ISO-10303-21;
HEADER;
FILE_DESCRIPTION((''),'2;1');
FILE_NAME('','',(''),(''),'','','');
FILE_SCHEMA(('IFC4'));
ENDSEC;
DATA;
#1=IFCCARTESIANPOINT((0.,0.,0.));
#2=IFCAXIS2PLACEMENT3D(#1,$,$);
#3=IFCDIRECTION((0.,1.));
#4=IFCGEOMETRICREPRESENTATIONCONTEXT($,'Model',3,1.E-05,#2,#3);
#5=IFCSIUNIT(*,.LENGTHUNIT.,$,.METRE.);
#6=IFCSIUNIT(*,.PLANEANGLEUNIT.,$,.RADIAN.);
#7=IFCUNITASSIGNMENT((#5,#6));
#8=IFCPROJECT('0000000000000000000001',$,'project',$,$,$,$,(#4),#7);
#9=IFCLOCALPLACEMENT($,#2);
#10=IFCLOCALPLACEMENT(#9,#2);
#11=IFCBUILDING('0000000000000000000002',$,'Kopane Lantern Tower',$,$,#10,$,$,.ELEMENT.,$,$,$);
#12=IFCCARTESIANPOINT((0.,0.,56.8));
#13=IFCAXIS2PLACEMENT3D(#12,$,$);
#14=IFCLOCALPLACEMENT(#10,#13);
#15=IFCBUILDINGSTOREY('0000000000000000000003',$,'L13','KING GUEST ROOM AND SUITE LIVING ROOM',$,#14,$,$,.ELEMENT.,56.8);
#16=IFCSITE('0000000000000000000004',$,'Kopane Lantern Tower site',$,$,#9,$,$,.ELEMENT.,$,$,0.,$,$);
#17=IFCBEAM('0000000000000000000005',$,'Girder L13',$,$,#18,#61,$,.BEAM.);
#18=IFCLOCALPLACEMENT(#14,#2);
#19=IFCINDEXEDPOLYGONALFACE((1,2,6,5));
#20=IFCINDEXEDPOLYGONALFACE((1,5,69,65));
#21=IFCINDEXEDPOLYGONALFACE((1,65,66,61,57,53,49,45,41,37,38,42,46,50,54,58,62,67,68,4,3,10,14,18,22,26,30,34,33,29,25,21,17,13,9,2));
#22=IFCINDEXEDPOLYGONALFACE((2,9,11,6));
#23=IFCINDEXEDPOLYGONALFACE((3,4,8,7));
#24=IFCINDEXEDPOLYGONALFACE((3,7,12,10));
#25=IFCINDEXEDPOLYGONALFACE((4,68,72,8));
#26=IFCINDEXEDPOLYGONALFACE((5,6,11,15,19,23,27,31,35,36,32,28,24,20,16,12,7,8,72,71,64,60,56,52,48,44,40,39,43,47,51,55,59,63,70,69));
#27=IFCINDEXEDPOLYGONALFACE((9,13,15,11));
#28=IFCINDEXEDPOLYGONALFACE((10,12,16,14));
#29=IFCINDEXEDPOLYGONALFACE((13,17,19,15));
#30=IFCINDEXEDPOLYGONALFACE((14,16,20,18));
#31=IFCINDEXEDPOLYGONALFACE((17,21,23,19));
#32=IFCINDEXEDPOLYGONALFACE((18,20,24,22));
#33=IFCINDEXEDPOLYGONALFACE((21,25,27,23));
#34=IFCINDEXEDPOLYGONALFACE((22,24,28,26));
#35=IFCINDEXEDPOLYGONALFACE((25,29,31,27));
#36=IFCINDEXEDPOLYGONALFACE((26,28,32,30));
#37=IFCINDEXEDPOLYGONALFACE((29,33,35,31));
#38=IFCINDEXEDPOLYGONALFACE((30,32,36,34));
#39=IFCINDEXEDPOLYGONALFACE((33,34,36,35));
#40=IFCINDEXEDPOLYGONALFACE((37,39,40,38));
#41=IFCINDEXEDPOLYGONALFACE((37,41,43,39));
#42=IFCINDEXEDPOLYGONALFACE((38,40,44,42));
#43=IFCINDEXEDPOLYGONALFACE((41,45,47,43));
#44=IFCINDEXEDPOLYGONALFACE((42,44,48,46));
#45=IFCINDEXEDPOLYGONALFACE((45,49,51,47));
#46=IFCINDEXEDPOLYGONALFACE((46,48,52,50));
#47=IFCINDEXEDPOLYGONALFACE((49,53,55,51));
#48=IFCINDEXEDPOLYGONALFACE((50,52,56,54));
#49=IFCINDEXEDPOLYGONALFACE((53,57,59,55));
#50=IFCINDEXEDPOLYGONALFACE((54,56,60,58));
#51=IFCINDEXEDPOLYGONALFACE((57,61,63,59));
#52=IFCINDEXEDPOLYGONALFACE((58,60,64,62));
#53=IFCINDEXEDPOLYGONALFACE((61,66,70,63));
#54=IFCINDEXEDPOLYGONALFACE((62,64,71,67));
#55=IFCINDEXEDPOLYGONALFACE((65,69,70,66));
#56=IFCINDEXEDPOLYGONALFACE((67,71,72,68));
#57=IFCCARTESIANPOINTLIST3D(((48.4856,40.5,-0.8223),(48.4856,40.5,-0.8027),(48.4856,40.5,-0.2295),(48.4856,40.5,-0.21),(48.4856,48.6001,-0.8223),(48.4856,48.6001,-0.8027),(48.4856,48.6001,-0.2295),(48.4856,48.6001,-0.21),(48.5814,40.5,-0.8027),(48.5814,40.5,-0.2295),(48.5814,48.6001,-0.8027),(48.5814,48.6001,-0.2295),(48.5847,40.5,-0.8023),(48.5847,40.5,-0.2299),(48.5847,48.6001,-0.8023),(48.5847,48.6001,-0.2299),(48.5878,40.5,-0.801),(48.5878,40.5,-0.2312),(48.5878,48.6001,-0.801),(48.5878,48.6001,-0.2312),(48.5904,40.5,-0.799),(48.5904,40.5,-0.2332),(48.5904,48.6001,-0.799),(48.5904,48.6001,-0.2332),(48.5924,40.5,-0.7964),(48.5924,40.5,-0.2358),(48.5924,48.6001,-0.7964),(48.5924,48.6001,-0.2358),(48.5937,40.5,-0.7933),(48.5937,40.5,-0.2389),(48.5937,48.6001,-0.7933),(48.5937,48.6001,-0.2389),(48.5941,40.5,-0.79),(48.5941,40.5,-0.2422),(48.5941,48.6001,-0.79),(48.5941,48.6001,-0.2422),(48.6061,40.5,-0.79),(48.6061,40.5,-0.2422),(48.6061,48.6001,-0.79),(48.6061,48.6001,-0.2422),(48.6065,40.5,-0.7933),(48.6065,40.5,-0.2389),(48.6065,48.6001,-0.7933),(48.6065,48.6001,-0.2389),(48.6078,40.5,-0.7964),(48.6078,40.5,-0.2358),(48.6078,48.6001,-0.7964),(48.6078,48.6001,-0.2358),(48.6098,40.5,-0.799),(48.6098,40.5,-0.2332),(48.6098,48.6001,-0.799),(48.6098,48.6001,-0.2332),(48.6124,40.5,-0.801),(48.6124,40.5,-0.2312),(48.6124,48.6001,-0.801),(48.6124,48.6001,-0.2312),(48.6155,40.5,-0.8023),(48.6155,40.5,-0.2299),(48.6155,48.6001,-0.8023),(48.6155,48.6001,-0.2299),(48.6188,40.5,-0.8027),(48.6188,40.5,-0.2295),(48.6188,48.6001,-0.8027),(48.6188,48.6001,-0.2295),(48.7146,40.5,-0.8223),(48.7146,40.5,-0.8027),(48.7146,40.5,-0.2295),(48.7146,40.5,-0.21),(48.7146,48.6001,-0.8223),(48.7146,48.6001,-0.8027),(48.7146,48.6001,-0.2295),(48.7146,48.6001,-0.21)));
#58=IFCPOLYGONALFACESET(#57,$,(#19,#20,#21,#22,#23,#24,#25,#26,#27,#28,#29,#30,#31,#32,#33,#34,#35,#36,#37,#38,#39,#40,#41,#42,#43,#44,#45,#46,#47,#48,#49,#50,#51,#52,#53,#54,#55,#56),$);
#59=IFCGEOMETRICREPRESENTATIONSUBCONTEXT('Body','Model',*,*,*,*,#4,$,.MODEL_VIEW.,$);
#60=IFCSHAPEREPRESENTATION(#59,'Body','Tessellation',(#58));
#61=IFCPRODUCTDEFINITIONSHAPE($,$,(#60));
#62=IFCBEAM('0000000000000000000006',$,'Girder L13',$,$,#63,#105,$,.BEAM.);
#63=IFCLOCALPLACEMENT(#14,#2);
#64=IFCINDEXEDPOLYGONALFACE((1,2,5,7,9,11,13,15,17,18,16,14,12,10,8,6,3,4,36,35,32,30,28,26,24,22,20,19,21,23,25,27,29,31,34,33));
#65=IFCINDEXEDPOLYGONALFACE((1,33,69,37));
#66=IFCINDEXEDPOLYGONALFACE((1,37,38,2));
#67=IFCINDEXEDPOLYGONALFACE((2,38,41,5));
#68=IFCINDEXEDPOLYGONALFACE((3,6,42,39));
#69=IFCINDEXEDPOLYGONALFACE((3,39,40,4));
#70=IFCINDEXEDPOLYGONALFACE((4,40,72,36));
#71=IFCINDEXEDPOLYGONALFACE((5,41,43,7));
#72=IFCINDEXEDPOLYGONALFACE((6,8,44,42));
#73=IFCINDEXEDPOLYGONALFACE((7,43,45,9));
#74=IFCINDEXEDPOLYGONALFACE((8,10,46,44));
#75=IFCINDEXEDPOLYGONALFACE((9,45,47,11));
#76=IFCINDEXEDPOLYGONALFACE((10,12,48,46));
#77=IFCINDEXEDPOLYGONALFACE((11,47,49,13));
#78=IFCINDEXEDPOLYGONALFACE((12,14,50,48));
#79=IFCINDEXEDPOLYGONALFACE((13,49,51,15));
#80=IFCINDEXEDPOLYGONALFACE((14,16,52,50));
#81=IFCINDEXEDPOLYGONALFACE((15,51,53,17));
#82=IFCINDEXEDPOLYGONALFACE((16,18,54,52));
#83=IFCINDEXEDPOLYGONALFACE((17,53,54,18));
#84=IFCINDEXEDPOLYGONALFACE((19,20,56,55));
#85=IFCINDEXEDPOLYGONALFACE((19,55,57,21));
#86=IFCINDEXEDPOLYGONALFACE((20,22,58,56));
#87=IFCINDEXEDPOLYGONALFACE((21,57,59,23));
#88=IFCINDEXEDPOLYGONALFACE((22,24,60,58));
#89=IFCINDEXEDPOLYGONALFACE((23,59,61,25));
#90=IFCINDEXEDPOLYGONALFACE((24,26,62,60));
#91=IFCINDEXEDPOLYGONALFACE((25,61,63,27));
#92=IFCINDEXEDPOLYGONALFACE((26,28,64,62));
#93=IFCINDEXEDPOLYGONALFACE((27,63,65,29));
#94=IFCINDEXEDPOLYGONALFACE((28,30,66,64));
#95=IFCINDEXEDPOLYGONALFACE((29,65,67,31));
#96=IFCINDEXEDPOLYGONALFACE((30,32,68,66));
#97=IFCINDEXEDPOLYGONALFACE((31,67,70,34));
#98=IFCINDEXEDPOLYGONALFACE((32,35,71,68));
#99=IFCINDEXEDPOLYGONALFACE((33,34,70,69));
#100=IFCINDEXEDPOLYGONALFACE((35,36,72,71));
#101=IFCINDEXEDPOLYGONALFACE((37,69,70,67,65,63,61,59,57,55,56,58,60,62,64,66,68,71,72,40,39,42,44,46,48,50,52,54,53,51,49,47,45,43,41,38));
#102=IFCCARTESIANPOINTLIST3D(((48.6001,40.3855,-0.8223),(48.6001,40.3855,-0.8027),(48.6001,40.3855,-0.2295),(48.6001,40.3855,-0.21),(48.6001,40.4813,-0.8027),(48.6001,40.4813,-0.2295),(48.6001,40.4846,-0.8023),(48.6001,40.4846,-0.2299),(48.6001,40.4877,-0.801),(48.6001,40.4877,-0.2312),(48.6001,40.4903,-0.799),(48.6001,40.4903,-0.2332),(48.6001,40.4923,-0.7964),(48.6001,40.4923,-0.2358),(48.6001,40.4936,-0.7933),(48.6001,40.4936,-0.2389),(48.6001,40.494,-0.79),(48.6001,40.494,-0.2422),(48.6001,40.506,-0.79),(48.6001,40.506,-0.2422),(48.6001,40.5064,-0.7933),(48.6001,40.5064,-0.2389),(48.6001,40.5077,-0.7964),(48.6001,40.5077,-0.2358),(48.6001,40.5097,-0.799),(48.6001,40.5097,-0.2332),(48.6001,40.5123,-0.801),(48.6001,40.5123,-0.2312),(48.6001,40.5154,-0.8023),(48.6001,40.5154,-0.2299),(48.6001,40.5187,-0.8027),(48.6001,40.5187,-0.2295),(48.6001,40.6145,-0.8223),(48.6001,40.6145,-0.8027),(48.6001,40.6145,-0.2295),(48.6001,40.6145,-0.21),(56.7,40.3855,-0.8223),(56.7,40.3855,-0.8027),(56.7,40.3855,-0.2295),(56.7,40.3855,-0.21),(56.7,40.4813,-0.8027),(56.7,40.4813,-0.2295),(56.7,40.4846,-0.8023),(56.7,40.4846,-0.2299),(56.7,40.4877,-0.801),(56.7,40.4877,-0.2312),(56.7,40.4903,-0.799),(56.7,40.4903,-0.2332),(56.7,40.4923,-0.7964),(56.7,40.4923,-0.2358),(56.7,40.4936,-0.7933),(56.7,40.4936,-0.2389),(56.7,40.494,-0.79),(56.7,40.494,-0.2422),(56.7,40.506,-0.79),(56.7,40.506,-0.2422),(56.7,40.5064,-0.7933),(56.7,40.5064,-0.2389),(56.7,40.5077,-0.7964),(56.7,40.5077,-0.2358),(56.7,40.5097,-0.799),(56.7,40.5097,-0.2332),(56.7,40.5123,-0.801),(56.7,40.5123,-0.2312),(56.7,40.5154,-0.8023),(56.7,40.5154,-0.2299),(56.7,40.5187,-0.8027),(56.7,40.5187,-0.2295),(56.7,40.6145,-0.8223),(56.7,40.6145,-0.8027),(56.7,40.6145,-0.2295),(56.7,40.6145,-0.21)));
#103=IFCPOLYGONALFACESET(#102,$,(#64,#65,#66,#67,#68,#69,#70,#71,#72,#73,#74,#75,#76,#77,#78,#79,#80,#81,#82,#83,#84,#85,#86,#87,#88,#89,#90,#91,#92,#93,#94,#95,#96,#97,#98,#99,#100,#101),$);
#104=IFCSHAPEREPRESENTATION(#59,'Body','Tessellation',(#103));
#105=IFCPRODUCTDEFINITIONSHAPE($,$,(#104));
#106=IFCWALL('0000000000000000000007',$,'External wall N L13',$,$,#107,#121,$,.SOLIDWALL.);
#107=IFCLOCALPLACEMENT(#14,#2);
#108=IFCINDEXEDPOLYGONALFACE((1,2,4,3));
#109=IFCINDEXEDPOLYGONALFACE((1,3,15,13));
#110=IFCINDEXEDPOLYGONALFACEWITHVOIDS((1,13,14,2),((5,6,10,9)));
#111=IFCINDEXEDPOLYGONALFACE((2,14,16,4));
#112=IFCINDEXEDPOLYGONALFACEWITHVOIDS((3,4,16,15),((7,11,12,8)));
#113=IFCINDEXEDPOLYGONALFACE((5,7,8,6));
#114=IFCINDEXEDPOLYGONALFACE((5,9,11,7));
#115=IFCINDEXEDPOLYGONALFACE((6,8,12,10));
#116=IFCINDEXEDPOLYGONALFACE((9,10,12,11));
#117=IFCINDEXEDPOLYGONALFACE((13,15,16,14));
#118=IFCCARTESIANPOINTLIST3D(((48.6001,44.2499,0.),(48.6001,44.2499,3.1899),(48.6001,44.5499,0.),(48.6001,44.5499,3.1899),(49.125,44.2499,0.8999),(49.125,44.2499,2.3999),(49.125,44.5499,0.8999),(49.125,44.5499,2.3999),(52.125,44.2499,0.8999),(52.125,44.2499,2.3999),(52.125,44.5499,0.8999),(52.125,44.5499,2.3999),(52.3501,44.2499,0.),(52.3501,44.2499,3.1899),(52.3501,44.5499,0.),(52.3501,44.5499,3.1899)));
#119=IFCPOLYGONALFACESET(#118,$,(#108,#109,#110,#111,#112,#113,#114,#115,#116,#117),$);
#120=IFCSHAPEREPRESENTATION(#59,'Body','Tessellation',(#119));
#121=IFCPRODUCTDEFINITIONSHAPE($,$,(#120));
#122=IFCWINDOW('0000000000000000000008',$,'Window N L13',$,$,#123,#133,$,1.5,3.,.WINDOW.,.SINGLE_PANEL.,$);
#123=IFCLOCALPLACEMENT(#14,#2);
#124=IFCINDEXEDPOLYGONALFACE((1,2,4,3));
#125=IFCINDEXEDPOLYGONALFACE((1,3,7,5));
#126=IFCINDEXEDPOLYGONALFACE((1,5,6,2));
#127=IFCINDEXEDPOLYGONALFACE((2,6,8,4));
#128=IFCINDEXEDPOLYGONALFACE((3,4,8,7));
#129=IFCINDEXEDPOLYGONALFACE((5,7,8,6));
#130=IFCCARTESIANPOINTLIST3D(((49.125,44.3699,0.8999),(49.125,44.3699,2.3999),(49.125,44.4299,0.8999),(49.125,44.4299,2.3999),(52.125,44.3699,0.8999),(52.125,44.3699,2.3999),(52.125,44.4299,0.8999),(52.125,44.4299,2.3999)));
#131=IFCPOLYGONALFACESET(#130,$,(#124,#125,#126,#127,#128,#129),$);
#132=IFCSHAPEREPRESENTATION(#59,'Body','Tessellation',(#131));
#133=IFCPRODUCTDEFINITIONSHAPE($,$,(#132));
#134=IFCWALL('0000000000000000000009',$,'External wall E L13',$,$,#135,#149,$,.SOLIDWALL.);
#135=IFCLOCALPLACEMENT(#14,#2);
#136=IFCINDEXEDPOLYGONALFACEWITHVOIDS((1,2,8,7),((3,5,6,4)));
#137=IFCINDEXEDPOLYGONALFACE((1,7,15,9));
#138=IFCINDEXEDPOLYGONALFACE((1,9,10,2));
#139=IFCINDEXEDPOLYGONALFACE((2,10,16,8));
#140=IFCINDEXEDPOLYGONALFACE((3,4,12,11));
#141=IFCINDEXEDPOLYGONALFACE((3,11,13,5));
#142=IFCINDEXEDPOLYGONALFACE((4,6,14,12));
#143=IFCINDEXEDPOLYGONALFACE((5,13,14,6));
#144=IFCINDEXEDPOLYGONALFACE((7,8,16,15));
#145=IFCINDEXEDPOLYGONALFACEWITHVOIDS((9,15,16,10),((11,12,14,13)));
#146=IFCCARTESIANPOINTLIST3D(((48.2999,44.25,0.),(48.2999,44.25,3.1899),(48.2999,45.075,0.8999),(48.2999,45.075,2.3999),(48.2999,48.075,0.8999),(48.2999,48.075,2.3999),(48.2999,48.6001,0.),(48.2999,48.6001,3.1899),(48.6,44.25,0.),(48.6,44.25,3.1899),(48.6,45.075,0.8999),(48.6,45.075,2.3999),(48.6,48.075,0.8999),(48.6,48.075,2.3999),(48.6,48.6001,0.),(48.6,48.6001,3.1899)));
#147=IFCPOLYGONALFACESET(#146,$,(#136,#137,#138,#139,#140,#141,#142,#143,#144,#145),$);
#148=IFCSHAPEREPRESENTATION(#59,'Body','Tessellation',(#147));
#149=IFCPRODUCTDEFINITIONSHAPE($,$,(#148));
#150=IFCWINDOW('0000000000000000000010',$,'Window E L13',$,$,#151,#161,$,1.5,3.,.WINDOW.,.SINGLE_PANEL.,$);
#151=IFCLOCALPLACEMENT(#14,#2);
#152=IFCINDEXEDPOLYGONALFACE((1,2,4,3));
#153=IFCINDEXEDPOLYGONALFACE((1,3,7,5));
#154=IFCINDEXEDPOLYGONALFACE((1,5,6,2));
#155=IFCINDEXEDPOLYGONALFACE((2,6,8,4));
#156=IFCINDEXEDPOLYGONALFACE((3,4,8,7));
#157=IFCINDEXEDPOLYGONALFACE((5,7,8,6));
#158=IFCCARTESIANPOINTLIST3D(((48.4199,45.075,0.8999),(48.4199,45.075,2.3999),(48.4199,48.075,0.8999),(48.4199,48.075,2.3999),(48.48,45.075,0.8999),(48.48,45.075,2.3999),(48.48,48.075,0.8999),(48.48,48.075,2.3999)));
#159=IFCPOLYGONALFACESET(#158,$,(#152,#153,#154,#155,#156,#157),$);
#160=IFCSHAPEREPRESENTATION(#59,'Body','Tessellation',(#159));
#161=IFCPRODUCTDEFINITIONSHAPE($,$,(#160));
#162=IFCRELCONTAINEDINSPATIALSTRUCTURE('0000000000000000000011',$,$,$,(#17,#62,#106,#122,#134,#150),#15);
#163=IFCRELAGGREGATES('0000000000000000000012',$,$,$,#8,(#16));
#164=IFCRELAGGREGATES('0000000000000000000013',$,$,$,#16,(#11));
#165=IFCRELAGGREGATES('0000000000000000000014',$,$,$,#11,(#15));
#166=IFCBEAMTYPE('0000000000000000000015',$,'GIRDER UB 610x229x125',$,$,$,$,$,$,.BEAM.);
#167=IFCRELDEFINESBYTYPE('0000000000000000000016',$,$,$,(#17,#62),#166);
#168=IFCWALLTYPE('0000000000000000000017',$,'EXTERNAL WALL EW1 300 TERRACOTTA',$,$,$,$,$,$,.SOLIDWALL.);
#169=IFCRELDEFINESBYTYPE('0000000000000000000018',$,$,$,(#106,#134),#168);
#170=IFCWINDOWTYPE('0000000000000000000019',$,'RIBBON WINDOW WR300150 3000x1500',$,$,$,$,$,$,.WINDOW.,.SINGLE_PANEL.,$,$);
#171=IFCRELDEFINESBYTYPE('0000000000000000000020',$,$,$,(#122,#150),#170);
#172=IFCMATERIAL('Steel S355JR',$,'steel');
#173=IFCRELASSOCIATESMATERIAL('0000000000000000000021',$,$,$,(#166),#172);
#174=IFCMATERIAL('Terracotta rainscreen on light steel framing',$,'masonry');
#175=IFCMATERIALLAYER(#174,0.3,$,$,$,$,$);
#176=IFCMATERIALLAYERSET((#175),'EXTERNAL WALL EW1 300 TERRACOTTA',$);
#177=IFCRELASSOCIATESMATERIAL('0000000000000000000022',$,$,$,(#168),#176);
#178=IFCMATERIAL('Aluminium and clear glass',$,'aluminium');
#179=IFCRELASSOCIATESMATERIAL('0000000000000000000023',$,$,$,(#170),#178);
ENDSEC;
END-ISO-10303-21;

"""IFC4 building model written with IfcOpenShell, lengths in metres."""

from ifc_helpers import new_model, si_unit, direction, frame, frame_2d, origin, origin_2d, place, context, subcontext, project, spatial, rectangle, i_section, extrude, material, layer, layer_set, material_profile, profile_set, type_object, element, fill, save


model = new_model("IFC4")

# Units and contexts
model_context = context("Model", 3, precision=1e-05, world=origin(), true_north=direction((0.0, 1.0)))
body_context = subcontext(model_context, "Body", "Model", "MODEL_VIEW")
ifc_project = project(units=[si_unit("LENGTHUNIT", "METRE"), si_unit("PLANEANGLEUNIT", "RADIAN")], contexts=[model_context])

# Site, building, storey
site_placement = place(None, origin())
site = spatial("IfcSite", under=ifc_project, at=site_placement, Name="Kopane Lantern Tower site", CompositionType="ELEMENT", RefElevation=0.0)
building_placement = place(site_placement, origin())
building = spatial("IfcBuilding", under=site, at=building_placement, Name="Kopane Lantern Tower", CompositionType="ELEMENT")
storey_placement = place(building_placement, frame((0.0, 0.0, 56.8)))
storey = spatial("IfcBuildingStorey", under=building, at=storey_placement, Name="L13", Description="KING GUEST ROOM AND SUITE LIVING ROOM", CompositionType="ELEMENT", Elevation=56.8)

# Beams
ifc_material_1 = material(Name="Steel S355JR", Category="steel")
ifc_material_profile_1 = material_profile(ifc_material_1, i_section(OverallWidth=0.229, OverallDepth=0.6123, WebThickness=0.012, FlangeThickness=0.0195, FilletRadius=0.0127, at=origin_2d()), Name="UB 610x229x125")
ifc_profile_set_1 = profile_set([ifc_material_profile_1], Name="Steel S355JR")
beam_type_1 = type_object("IfcBeamType", Name="GIRDER UB 610x229x125", PredefinedType="BEAM", material=ifc_profile_set_1)
beam_1_placement = place(storey_placement, frame((48.6001, 40.5, -0.5161), z_axis=(0.0, 1.0, 0.0), x_axis=(-1.0, 0.0, 0.0)))
element("IfcBeam", 1, at=beam_1_placement, inside=storey, type_object=beam_type_1, Name="Girder L13", PredefinedType="BEAM", context=body_context, shape_type="SweptSolid", body=[
    extrude(i_section(OverallWidth=0.229, OverallDepth=0.6123, WebThickness=0.012, FlangeThickness=0.0195, FilletRadius=0.0127, at=origin_2d()), origin(), (0.0, 0.0, 1.0), 8.1001),
])
beam_2_placement = place(storey_placement, frame((48.6001, 40.5, -0.5161), z_axis=(1.0, 0.0, 0.0), x_axis=(0.0, 1.0, 0.0)))
element("IfcBeam", 2, at=beam_2_placement, inside=storey, type_object=beam_type_1, Name="Girder L13", PredefinedType="BEAM", context=body_context, shape_type="SweptSolid", body=[
    extrude(i_section(OverallWidth=0.229, OverallDepth=0.6123, WebThickness=0.012, FlangeThickness=0.0195, FilletRadius=0.0127, at=origin_2d()), origin(), (0.0, 0.0, 1.0), 8.0999),
])

# Walls, openings, windows
ifc_material_2 = material(Name="Terracotta rainscreen on light steel framing", Category="masonry")
ifc_layer = layer(ifc_material_2, 0.3)
ifc_layer_set = layer_set([ifc_layer], Name="EXTERNAL WALL EW1 300 TERRACOTTA")
wall_type = type_object("IfcWallType", Name="EXTERNAL WALL EW1 300 TERRACOTTA", PredefinedType="SOLIDWALL", material=ifc_layer_set)
wall_1_placement = place(storey_placement, frame((52.3501, 44.3999, 0.0), z_axis=(0.0, 0.0, 1.0), x_axis=(-1.0, 0.0, 0.0)))
wall_1 = element("IfcWall", 3, at=wall_1_placement, inside=storey, type_object=wall_type, Name="External wall N L13", PredefinedType="SOLIDWALL", context=body_context, shape_type="SweptSolid", body=[
    extrude(rectangle(XDim=3.75, YDim=0.3, at=frame_2d((1.875, 0.0))), origin(), (0.0, 0.0, 1.0), 3.1899),
])
opening_1_placement = place(wall_1_placement, frame((0.2251, 0.0, 0.8999)))
opening_1 = element("IfcOpeningElement", 4, at=opening_1_placement, cuts=wall_1, PredefinedType="OPENING", context=body_context, shape_type="SweptSolid", body=[
    extrude(rectangle(XDim=3.0, YDim=1.5, at=frame_2d((1.5, 0.75))), frame((0.0, 0.1599, 0.0), z_axis=(0.0, -1.0, 0.0), x_axis=(1.0, 0.0, 0.0)), (0.0, 0.0, 1.0), 0.3201),
])
ifc_material_3 = material(Name="Aluminium and clear glass", Category="aluminium")
window_type_1 = type_object("IfcWindowType", Name="RIBBON WINDOW WR300150 3000x1500", PartitioningType="SINGLE_PANEL", PredefinedType="WINDOW", material=ifc_material_3)
window_1_placement = place(opening_1_placement, origin())
window_1 = element("IfcWindow", 5, at=window_1_placement, inside=storey, type_object=window_type_1, Name="Window N L13", OverallHeight=1.5, OverallWidth=3.0, PartitioningType="SINGLE_PANEL", PredefinedType="WINDOW", context=body_context, shape_type="SweptSolid", body=[
    extrude(rectangle(XDim=3.0, YDim=1.5, at=frame_2d((1.5, 0.75))), frame((0.0, 0.03, 0.0), z_axis=(0.0, -1.0, 0.0), x_axis=(1.0, 0.0, 0.0)), (0.0, 0.0, 1.0), 0.0601),
])
fill(opening_1, window_1)
wall_2_placement = place(storey_placement, frame((48.45, 44.25, 0.0), z_axis=(0.0, 0.0, 1.0), x_axis=(0.0, 1.0, 0.0)))
wall_2 = element("IfcWall", 6, at=wall_2_placement, inside=storey, type_object=wall_type, Name="External wall E L13", PredefinedType="SOLIDWALL", context=body_context, shape_type="SweptSolid", body=[
    extrude(rectangle(XDim=4.3501, YDim=0.3, at=frame_2d((2.175, 0.0))), origin(), (0.0, 0.0, 1.0), 3.1899),
])
opening_2_placement = place(wall_2_placement, frame((0.825, 0.0, 0.8999)))
opening_2 = element("IfcOpeningElement", 7, at=opening_2_placement, cuts=wall_2, PredefinedType="OPENING", context=body_context, shape_type="SweptSolid", body=[
    extrude(rectangle(XDim=3.0, YDim=1.5, at=frame_2d((1.5, 0.75))), frame((0.0, 0.1599, 0.0), z_axis=(0.0, -1.0, 0.0), x_axis=(1.0, 0.0, 0.0)), (0.0, 0.0, 1.0), 0.3201),
])
window_2_placement = place(opening_2_placement, origin())
window_2 = element("IfcWindow", 8, at=window_2_placement, inside=storey, type_object=window_type_1, Name="Window E L13", OverallHeight=1.5, OverallWidth=3.0, PartitioningType="SINGLE_PANEL", PredefinedType="WINDOW", context=body_context, shape_type="SweptSolid", body=[
    extrude(rectangle(XDim=3.0, YDim=1.5, at=frame_2d((1.5, 0.75))), frame((0.0, 0.03, 0.0), z_axis=(0.0, -1.0, 0.0), x_axis=(1.0, 0.0, 0.0)), (0.0, 0.0, 1.0), 0.0601),
])
fill(opening_2, window_2)

save(model, "model.ifc")
